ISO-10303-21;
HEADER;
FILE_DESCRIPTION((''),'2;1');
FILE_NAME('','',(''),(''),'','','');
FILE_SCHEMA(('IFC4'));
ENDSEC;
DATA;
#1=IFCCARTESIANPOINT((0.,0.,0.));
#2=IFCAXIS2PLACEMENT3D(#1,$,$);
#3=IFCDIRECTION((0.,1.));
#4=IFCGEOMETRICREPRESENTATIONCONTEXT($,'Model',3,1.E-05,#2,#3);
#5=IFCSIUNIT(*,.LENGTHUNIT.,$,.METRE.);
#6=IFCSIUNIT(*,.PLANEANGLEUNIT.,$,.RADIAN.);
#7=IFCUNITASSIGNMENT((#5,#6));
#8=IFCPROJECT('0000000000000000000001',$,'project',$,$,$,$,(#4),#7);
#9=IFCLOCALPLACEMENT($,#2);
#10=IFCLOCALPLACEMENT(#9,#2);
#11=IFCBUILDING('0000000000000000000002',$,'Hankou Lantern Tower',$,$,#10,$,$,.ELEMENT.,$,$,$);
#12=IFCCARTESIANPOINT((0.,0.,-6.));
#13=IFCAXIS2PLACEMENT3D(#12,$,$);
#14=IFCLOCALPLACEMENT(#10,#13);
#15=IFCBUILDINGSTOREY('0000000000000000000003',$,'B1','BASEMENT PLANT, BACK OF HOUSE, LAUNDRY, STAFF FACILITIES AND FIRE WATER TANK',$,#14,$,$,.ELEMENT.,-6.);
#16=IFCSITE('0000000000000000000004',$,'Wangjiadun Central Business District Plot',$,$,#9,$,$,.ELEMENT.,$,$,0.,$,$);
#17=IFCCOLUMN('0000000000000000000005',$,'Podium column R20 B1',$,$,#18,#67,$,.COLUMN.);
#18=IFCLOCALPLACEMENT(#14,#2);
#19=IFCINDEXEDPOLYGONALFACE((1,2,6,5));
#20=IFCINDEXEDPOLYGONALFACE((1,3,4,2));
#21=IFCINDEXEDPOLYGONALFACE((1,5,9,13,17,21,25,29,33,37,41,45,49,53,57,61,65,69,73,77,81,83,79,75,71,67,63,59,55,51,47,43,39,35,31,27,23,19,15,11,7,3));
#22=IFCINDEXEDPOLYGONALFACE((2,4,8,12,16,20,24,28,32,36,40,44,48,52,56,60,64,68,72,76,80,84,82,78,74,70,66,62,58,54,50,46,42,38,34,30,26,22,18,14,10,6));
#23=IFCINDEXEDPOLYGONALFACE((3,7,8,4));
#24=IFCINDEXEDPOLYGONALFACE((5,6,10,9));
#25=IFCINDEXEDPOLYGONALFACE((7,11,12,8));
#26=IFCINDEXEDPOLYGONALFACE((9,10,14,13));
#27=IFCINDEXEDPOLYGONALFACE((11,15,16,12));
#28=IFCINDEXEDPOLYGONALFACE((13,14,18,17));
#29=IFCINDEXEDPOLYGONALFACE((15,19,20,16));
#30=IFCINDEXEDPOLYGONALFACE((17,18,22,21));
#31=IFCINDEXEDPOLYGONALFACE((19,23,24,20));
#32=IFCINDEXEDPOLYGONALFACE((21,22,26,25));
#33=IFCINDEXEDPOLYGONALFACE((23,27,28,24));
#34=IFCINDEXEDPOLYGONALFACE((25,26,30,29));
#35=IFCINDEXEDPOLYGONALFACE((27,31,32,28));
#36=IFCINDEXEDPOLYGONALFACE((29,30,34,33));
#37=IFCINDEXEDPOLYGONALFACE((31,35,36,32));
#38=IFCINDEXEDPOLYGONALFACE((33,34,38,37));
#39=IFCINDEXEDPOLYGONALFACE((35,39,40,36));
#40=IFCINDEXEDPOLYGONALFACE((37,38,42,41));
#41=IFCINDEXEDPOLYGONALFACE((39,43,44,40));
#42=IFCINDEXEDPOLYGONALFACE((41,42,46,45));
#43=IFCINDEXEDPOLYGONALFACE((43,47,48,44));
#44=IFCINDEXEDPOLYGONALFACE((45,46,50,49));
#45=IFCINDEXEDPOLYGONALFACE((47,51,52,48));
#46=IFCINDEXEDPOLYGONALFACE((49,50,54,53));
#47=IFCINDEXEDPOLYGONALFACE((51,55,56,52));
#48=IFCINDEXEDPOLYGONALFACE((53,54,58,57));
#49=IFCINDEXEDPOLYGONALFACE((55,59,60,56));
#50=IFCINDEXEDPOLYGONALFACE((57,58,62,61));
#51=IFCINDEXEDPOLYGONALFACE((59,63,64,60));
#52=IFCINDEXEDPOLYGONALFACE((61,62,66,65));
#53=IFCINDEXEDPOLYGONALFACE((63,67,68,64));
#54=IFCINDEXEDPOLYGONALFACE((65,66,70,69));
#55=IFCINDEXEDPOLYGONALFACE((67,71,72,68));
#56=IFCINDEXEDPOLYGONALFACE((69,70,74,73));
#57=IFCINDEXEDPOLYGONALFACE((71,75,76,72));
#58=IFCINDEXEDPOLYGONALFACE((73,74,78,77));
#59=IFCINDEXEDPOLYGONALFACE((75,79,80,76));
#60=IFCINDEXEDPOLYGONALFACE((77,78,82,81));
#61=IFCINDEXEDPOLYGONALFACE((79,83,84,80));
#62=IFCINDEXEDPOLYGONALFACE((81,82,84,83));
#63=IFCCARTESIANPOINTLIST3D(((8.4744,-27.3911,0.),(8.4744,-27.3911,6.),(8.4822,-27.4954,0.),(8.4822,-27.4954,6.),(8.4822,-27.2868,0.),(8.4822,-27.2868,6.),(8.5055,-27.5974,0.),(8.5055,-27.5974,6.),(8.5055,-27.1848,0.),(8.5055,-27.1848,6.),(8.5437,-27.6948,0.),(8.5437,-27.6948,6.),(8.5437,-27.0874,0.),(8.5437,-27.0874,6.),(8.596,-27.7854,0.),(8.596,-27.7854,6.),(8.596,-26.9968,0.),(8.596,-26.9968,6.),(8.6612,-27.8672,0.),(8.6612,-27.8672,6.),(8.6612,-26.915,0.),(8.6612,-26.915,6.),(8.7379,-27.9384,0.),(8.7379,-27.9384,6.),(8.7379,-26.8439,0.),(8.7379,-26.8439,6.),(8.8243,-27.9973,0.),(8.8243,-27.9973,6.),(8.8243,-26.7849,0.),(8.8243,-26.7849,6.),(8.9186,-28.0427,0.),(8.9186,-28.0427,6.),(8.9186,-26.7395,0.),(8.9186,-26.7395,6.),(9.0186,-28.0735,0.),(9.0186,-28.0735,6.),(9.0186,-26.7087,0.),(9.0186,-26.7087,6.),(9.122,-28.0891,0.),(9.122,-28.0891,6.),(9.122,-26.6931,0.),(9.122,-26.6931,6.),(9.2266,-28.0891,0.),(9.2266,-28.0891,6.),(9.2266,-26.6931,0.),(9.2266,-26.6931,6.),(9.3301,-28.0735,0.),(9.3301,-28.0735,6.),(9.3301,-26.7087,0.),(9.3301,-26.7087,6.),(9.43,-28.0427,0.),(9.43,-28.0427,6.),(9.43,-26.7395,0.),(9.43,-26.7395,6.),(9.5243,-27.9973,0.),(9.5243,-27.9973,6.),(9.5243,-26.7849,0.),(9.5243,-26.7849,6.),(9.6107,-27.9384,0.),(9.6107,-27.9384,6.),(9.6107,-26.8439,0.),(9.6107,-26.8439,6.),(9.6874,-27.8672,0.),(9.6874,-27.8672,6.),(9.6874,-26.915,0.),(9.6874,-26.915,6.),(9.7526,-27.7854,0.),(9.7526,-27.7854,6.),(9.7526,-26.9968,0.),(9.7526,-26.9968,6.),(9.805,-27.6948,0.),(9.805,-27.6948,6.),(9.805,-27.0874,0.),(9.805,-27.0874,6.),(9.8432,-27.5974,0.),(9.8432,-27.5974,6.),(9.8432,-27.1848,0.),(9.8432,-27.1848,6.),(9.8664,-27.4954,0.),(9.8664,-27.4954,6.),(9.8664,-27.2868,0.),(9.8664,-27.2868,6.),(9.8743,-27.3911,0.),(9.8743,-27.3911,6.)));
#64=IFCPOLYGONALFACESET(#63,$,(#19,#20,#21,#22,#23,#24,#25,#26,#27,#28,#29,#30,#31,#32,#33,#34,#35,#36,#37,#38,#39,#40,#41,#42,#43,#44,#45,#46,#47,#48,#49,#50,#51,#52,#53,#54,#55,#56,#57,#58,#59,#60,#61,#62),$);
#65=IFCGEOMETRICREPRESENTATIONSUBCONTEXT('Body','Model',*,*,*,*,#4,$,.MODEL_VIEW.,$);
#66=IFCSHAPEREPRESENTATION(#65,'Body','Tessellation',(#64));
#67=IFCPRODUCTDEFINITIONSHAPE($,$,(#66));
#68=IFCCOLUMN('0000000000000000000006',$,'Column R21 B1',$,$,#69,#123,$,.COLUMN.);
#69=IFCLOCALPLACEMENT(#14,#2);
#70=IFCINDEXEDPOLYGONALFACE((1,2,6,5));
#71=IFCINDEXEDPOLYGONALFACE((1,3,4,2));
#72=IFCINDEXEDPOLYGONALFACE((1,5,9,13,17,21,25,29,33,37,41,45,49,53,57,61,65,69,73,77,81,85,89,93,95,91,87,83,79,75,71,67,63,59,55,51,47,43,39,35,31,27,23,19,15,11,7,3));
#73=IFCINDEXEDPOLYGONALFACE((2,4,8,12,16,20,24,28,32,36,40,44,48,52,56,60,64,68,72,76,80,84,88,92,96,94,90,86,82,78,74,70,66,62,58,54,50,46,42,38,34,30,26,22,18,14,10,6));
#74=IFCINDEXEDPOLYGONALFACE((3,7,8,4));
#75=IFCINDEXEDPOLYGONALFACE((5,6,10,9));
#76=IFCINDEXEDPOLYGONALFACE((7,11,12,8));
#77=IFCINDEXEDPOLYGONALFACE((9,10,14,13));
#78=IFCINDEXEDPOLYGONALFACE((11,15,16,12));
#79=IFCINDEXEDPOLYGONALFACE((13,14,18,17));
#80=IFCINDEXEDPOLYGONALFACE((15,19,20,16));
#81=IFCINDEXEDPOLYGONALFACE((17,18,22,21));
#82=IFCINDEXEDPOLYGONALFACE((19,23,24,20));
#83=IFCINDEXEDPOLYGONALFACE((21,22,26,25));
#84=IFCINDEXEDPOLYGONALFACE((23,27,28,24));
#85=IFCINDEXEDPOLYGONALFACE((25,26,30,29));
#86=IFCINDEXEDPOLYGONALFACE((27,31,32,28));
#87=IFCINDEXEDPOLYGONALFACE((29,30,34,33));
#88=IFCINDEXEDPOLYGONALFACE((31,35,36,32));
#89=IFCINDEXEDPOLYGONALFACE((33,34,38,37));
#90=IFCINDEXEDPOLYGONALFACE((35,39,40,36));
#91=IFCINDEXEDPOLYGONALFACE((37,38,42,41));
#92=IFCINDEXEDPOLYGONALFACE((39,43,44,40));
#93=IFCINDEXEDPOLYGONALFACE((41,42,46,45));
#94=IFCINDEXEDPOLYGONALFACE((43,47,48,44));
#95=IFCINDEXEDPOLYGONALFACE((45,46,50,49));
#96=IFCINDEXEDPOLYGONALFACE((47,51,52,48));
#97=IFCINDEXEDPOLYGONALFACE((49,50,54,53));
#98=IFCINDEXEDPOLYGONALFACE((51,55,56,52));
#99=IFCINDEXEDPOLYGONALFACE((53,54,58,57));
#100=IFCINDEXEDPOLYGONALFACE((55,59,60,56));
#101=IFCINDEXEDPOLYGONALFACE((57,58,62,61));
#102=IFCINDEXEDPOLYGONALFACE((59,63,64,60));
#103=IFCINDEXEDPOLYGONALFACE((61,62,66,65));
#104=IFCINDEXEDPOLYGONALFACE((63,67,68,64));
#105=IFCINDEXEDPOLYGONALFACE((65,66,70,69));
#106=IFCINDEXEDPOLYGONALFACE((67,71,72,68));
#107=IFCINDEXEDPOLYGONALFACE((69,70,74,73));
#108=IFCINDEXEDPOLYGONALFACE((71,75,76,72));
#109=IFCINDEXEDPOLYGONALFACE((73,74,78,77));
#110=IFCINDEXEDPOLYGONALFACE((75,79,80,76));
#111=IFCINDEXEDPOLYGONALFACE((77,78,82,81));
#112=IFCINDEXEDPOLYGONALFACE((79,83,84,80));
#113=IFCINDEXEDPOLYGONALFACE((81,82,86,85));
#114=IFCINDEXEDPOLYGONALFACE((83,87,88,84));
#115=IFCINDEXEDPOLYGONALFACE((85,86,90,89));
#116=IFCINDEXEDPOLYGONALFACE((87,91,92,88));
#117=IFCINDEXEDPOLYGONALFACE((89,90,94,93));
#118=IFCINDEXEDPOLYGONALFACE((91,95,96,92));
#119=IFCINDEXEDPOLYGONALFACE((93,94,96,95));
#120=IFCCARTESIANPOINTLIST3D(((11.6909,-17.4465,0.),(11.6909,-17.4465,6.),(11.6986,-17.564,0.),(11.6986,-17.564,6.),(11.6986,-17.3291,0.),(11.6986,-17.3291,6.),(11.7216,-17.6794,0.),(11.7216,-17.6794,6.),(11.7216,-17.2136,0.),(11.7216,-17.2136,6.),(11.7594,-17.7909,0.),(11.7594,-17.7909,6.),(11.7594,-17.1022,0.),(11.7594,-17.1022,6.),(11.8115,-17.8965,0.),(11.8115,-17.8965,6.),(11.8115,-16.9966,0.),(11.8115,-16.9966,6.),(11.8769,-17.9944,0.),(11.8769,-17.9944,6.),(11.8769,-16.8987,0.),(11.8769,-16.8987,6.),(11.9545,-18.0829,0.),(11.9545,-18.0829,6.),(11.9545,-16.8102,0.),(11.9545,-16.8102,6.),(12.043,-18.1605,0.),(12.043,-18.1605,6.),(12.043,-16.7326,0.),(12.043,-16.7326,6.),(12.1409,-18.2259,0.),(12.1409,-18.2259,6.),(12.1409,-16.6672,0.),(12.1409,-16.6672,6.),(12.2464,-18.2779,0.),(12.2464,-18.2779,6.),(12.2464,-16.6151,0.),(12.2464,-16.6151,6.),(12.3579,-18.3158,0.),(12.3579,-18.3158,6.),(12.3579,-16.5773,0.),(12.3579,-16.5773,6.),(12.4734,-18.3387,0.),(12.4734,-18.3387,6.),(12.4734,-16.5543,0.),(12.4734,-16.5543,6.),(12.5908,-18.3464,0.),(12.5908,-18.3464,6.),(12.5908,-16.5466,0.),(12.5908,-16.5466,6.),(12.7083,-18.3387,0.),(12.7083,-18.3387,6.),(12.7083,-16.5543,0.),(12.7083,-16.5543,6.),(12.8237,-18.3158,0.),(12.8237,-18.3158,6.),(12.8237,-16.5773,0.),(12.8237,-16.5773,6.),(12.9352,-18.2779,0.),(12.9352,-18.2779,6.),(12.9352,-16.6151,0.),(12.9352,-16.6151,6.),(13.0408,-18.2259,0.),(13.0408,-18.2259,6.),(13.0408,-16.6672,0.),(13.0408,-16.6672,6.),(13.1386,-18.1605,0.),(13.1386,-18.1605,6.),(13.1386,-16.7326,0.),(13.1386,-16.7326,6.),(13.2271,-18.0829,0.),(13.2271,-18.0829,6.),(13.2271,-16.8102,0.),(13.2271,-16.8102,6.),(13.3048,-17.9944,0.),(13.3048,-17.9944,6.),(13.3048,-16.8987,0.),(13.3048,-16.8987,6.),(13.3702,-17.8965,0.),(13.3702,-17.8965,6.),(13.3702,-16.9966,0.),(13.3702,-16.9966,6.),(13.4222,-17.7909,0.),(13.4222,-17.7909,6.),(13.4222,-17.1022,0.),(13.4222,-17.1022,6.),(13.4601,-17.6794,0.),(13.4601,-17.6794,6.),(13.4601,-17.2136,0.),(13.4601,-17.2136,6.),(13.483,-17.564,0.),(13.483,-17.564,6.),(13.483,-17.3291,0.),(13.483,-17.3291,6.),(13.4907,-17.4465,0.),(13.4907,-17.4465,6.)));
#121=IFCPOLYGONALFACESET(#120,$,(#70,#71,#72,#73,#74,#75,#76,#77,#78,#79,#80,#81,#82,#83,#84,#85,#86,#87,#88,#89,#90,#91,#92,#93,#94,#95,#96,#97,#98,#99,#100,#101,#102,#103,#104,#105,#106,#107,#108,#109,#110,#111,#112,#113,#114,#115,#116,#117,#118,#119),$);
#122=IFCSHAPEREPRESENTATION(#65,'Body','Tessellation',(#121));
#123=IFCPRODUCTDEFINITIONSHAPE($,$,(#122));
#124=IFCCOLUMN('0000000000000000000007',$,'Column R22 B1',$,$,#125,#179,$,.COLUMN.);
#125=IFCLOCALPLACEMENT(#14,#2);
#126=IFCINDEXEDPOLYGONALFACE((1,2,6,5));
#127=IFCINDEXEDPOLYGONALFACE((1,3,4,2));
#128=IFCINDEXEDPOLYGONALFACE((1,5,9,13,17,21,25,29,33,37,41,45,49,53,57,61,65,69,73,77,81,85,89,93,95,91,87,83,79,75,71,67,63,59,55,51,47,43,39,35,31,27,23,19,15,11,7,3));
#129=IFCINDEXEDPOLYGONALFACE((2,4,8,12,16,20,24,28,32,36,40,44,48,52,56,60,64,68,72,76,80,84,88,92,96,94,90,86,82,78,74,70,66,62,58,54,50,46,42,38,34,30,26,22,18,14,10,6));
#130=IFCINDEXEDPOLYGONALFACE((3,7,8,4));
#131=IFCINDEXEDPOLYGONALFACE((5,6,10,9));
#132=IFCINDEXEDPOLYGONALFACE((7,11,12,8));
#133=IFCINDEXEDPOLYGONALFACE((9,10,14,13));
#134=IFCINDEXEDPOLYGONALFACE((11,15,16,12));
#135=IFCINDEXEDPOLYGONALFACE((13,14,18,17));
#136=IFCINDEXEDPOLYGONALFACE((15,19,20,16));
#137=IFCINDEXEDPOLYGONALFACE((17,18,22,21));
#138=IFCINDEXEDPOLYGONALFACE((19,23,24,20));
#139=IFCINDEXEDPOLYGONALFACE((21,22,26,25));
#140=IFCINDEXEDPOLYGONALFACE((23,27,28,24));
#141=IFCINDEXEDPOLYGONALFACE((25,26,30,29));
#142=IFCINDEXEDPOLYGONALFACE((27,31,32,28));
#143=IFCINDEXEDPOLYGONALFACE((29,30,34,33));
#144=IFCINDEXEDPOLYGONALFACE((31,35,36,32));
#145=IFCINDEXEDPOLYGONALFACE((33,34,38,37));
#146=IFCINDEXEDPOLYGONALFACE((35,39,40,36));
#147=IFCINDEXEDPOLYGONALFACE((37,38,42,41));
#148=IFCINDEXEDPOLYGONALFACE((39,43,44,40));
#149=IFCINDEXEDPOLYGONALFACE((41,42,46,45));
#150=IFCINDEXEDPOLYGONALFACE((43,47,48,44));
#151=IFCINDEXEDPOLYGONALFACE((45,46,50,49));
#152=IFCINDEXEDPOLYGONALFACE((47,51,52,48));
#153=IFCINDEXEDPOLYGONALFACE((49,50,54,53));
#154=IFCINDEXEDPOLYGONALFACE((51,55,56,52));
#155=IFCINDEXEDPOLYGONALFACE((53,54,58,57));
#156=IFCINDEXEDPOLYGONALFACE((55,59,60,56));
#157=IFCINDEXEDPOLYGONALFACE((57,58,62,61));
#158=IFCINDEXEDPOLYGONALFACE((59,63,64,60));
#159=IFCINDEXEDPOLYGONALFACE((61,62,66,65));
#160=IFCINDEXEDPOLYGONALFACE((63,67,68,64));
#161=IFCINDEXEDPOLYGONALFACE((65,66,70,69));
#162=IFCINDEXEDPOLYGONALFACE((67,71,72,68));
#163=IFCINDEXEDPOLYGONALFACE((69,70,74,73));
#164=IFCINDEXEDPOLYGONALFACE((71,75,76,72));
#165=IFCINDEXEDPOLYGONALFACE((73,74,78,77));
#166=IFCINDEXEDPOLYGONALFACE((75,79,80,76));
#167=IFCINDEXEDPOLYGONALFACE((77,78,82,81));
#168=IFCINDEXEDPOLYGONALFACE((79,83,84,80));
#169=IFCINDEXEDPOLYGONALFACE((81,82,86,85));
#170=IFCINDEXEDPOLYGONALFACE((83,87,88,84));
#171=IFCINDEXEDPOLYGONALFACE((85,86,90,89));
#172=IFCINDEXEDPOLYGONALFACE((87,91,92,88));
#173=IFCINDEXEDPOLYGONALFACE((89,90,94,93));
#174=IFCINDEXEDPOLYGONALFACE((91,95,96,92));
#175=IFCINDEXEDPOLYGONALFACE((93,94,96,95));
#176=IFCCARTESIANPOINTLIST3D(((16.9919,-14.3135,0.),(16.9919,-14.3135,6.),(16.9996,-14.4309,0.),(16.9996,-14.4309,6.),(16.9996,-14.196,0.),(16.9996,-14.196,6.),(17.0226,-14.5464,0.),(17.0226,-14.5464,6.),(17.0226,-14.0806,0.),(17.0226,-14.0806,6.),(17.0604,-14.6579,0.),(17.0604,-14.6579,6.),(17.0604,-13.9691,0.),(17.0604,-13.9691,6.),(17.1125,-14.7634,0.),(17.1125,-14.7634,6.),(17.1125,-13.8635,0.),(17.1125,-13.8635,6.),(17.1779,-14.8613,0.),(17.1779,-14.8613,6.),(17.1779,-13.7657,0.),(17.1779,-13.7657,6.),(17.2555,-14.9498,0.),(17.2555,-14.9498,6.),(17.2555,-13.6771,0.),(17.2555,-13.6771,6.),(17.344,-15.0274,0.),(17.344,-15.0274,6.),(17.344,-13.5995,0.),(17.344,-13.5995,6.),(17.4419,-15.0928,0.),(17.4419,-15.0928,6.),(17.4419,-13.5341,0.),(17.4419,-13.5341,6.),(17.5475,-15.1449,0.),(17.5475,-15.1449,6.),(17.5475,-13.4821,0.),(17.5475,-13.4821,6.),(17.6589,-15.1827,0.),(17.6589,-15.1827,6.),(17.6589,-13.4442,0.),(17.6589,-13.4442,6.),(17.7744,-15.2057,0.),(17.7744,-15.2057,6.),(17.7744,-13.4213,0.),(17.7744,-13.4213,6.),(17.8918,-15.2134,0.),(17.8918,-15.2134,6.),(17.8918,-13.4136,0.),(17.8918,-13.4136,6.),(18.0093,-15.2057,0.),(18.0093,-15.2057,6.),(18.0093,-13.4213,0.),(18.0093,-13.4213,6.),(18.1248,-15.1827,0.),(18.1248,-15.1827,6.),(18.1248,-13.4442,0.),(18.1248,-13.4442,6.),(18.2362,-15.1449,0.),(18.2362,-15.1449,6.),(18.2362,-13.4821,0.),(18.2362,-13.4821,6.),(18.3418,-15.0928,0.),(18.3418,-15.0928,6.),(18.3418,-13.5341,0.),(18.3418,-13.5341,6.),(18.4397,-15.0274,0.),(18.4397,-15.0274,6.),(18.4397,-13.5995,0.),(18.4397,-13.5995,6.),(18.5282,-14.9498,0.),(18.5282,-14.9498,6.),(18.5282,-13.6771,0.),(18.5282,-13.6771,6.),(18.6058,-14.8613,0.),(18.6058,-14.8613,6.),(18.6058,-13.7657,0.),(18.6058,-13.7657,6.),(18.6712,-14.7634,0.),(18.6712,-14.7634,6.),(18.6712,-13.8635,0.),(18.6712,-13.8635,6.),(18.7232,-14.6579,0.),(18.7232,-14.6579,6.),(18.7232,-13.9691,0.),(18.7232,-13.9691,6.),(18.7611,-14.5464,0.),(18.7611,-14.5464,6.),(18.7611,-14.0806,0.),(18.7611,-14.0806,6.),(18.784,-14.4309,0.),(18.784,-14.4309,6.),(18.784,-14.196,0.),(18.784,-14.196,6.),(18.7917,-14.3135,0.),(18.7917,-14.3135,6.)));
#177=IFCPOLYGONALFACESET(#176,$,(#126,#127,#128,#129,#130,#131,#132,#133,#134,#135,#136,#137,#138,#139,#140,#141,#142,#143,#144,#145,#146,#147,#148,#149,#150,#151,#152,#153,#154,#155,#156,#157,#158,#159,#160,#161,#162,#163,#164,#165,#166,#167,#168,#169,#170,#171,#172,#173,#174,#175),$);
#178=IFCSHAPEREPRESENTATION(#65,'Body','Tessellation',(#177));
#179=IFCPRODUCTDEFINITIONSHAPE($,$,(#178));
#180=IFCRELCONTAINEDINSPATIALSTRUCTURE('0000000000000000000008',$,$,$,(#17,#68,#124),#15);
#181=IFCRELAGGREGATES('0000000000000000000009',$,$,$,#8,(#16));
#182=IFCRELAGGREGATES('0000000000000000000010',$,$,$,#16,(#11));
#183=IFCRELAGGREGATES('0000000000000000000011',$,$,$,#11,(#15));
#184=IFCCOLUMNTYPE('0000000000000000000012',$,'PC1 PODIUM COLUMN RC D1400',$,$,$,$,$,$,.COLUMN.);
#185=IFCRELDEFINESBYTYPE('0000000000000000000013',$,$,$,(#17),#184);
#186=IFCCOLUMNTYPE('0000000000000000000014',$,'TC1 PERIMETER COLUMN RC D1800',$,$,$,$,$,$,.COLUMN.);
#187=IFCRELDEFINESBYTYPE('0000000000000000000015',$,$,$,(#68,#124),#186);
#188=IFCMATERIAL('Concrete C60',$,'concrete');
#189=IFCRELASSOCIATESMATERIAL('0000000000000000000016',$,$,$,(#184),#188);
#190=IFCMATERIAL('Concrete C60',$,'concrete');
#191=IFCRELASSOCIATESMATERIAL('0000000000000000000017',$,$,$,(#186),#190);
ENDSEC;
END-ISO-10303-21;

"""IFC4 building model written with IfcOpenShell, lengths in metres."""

from ifc_helpers import new_model, si_unit, direction, frame, origin, origin_2d, place, context, subcontext, project, spatial, circle, extrude, material, material_profile, profile_set, type_object, element, save


model = new_model("IFC4")

# Units and contexts
model_context = context("Model", 3, precision=1e-05, world=origin(), true_north=direction((0.0, 1.0)))
body_context = subcontext(model_context, "Body", "Model", "MODEL_VIEW")
ifc_project = project(units=[si_unit("LENGTHUNIT", "METRE"), si_unit("PLANEANGLEUNIT", "RADIAN")], contexts=[model_context])

# Site, building, storey
site_placement = place(None, origin())
site = spatial("IfcSite", under=ifc_project, at=site_placement, Name="Wangjiadun Central Business District Plot", CompositionType="ELEMENT", RefElevation=0.0)
building_placement = place(site_placement, origin())
building = spatial("IfcBuilding", under=site, at=building_placement, Name="Hankou Lantern Tower", CompositionType="ELEMENT")
storey_placement = place(building_placement, frame((0.0, 0.0, -6.0)))
storey = spatial("IfcBuildingStorey", under=building, at=storey_placement, Name="B1", Description="BASEMENT PLANT, BACK OF HOUSE, LAUNDRY, STAFF FACILITIES AND FIRE WATER TANK", CompositionType="ELEMENT", Elevation=-6.0)

# Columns
ifc_material_1 = material(Name="Concrete C60", Category="concrete")
ifc_material_profile_1 = material_profile(ifc_material_1, circle(Radius=0.7, at=origin_2d()), Name="RC D1400")
ifc_profile_set_1 = profile_set([ifc_material_profile_1], Name="Concrete C60")
column_type_1 = type_object("IfcColumnType", Name="PC1 PODIUM COLUMN RC D1400", PredefinedType="COLUMN", material=ifc_profile_set_1)
column_placement = place(storey_placement, frame((9.1743, -27.3911, 0.0), z_axis=(0.0, 0.0, 1.0), x_axis=(1.0, 0.0, 0.0)))
element("IfcColumn", 1, at=column_placement, inside=storey, type_object=column_type_1, Name="Podium column R20 B1", PredefinedType="COLUMN", context=body_context, shape_type="SweptSolid", body=[
    extrude(circle(Radius=0.7, at=origin_2d()), origin(), (0.0, 0.0, 1.0), 6.0),
])
ifc_material_2 = material(Name="Concrete C60", Category="concrete")
ifc_material_profile_2 = material_profile(ifc_material_2, circle(Radius=0.8999, at=origin_2d()), Name="RC D1800")
ifc_profile_set_2 = profile_set([ifc_material_profile_2], Name="Concrete C60")
column_type_2 = type_object("IfcColumnType", Name="TC1 PERIMETER COLUMN RC D1800", PredefinedType="COLUMN", material=ifc_profile_set_2)
for number, where, z_axis, x_axis, name in (
    (2, (12.5908, -17.4465, 0.0), (0.0, 0.0, 1.0), (1.0, 0.0, 0.0), "Column R21 B1"),
    (3, (17.8918, -14.3135, 0.0), (0.0, 0.0, 1.0), (1.0, 0.0, 0.0), "Column R22 B1"),
):
    element("IfcColumn", number, at=place(storey_placement, frame(where, z_axis=z_axis, x_axis=x_axis)), inside=storey, type_object=column_type_2, Name=name, PredefinedType="COLUMN", context=body_context, shape_type="SweptSolid", body=[
        extrude(circle(Radius=0.8999, at=origin_2d()), origin(), (0.0, 0.0, 1.0), 6.0),
    ])

save(model, "model.ifc")
